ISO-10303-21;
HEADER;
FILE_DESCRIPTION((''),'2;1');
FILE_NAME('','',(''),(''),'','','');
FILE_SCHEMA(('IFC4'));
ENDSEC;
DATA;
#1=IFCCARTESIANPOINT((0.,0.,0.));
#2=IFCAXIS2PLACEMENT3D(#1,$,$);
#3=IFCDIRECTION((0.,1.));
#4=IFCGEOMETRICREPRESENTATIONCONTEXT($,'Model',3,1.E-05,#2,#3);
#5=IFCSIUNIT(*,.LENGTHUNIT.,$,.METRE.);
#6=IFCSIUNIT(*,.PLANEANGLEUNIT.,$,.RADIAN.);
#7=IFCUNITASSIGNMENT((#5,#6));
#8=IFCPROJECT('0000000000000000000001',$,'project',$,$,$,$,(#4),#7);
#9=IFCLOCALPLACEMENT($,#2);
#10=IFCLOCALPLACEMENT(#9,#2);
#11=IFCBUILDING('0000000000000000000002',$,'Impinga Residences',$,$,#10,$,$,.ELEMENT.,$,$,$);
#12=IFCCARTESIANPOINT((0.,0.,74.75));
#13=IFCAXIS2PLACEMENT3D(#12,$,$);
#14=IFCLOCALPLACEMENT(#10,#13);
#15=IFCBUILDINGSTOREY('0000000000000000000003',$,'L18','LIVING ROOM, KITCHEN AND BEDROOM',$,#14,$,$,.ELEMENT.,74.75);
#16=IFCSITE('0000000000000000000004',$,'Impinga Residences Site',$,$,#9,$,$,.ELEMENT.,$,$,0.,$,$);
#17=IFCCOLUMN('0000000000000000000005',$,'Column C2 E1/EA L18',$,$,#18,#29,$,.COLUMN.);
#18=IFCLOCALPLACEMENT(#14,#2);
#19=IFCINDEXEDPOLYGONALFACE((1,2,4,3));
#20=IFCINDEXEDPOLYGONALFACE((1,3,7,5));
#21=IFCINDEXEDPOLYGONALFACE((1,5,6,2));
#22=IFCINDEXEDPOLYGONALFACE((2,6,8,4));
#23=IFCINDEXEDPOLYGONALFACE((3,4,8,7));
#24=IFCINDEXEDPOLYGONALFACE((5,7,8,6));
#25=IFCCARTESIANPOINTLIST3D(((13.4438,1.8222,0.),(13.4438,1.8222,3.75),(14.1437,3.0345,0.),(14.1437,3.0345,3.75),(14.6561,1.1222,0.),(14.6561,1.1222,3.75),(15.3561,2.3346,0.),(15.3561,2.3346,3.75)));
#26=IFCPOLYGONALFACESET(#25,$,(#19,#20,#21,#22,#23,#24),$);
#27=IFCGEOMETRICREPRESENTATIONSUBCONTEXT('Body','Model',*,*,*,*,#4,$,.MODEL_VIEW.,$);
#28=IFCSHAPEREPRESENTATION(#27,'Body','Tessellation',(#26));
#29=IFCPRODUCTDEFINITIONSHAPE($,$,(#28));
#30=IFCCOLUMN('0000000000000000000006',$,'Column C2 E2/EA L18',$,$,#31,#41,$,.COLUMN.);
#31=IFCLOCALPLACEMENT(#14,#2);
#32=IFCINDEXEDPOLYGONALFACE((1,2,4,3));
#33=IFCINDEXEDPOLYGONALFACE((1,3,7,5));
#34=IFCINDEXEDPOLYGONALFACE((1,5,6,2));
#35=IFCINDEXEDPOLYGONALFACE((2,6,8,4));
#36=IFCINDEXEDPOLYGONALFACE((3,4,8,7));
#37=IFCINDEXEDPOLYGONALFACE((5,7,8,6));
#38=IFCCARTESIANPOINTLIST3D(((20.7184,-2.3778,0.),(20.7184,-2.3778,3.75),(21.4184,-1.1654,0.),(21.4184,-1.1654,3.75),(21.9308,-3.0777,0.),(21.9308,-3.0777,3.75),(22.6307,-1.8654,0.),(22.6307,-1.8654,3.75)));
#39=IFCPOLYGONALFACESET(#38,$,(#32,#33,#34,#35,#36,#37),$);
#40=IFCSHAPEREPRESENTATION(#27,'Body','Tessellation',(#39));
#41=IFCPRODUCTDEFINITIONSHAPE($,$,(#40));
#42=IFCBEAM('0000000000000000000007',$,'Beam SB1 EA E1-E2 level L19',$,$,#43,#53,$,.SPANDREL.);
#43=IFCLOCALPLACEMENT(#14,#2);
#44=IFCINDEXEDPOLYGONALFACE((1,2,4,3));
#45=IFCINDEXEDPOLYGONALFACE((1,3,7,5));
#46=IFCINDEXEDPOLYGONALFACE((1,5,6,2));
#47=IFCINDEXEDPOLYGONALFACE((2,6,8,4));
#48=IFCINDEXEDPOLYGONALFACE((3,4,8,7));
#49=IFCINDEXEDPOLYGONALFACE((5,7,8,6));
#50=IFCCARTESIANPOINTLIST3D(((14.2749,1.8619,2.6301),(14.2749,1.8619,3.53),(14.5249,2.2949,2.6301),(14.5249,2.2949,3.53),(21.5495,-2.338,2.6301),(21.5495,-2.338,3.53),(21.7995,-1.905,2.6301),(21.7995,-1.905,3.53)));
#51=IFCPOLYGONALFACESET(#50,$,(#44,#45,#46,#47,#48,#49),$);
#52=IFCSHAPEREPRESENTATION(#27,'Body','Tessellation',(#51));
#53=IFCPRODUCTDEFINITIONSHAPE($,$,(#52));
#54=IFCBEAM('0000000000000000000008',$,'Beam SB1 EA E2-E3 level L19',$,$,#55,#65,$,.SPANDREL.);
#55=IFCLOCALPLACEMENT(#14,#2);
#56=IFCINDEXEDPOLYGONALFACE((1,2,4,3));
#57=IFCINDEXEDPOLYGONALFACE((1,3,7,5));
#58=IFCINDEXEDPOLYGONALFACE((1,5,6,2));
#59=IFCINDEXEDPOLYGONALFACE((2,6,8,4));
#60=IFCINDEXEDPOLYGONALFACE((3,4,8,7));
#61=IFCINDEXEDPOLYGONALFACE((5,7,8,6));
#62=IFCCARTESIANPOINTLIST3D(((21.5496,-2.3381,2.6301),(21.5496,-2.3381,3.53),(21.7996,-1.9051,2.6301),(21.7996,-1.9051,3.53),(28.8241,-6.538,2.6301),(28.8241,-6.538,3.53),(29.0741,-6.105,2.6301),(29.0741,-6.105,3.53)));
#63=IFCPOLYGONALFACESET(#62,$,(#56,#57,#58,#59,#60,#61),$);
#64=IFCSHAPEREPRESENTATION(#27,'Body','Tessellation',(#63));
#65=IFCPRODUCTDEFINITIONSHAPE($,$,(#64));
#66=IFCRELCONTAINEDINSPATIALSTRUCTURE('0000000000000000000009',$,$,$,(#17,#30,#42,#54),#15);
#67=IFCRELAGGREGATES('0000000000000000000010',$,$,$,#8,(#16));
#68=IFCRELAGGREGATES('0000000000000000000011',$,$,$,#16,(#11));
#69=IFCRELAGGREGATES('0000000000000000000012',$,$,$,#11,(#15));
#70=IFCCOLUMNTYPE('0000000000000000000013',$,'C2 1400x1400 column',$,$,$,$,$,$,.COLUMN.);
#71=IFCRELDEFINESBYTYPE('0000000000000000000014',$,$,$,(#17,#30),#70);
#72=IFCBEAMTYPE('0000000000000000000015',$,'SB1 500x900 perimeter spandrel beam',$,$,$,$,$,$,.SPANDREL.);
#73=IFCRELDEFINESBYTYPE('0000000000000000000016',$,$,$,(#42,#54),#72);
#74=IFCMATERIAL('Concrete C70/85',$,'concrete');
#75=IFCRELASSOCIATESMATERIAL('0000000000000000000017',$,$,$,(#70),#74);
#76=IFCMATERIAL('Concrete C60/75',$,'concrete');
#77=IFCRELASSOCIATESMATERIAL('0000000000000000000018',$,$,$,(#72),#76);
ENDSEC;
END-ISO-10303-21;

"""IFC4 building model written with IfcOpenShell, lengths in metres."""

from ifc_helpers import new_model, si_unit, direction, frame, origin, origin_2d, place, context, subcontext, project, spatial, rectangle, extrude, material, material_profile, profile_set, type_object, element, save


model = new_model("IFC4")

# Units and contexts
model_context = context("Model", 3, precision=1e-05, world=origin(), true_north=direction((0.0, 1.0)))
body_context = subcontext(model_context, "Body", "Model", "MODEL_VIEW")
ifc_project = project(units=[si_unit("LENGTHUNIT", "METRE"), si_unit("PLANEANGLEUNIT", "RADIAN")], contexts=[model_context])

# Site, building, storey
site_placement = place(None, origin())
site = spatial("IfcSite", under=ifc_project, at=site_placement, Name="Impinga Residences Site", CompositionType="ELEMENT", RefElevation=0.0)
building_placement = place(site_placement, origin())
building = spatial("IfcBuilding", under=site, at=building_placement, Name="Impinga Residences", CompositionType="ELEMENT")
storey_placement = place(building_placement, frame((0.0, 0.0, 74.75)))
storey = spatial("IfcBuildingStorey", under=building, at=storey_placement, Name="L18", Description="LIVING ROOM, KITCHEN AND BEDROOM", CompositionType="ELEMENT", Elevation=74.75)

# Columns
ifc_material_1 = material(Name="Concrete C70/85", Category="concrete")
ifc_material_profile_1 = material_profile(ifc_material_1, rectangle(XDim=1.3999, YDim=1.3999, at=origin_2d()), Name="RC 1400x1400")
ifc_profile_set_1 = profile_set([ifc_material_profile_1], Name="Concrete C70/85")
column_type = type_object("IfcColumnType", Name="C2 1400x1400 column", PredefinedType="COLUMN", material=ifc_profile_set_1)
for number, where, z_axis, x_axis, name in (
    (1, (14.3999, 2.0784, 0.0), (0.0, 0.0, 1.0), (-0.5, -0.866025, 0.0), "Column C2 E1/EA L18"),
    (2, (21.6746, -2.1216, 0.0), (0.0, 0.0, 1.0), (-0.5, -0.866025, 0.0), "Column C2 E2/EA L18"),
):
    element("IfcColumn", number, at=place(storey_placement, frame(where, z_axis=z_axis, x_axis=x_axis)), inside=storey, type_object=column_type, Name=name, PredefinedType="COLUMN", context=body_context, shape_type="SweptSolid", body=[
        extrude(rectangle(XDim=1.3999, YDim=1.3999, at=origin_2d()), origin(), (0.0, 0.0, 1.0), 3.75),
    ])

# Beams
ifc_material_2 = material(Name="Concrete C60/75", Category="concrete")
ifc_material_profile_2 = material_profile(ifc_material_2, rectangle(XDim=0.5, YDim=0.8999, at=origin_2d()), Name="RC 500x900")
ifc_profile_set_2 = profile_set([ifc_material_profile_2], Name="Concrete C60/75")
beam_type = type_object("IfcBeamType", Name="SB1 500x900 perimeter spandrel beam", PredefinedType="SPANDREL", material=ifc_profile_set_2)
for number, where, z_axis, x_axis, name in (
    (3, (14.3999, 2.0784, 3.0801), (0.866029, -0.499993, 0.0), (0.499993, 0.866029, 0.0), "Beam SB1 EA E1-E2 level L19"),
    (4, (21.6746, -2.1216, 3.0801), (0.866029, -0.499993, 0.0), (0.499993, 0.866029, 0.0), "Beam SB1 EA E2-E3 level L19"),
):
    element("IfcBeam", number, at=place(storey_placement, frame(where, z_axis=z_axis, x_axis=x_axis)), inside=storey, type_object=beam_type, Name=name, PredefinedType="SPANDREL", context=body_context, shape_type="SweptSolid", body=[
        extrude(rectangle(XDim=0.5, YDim=0.8999, at=origin_2d()), origin(), (0.0, 0.0, 1.0), 8.3999),
    ])

save(model, "model.ifc")
